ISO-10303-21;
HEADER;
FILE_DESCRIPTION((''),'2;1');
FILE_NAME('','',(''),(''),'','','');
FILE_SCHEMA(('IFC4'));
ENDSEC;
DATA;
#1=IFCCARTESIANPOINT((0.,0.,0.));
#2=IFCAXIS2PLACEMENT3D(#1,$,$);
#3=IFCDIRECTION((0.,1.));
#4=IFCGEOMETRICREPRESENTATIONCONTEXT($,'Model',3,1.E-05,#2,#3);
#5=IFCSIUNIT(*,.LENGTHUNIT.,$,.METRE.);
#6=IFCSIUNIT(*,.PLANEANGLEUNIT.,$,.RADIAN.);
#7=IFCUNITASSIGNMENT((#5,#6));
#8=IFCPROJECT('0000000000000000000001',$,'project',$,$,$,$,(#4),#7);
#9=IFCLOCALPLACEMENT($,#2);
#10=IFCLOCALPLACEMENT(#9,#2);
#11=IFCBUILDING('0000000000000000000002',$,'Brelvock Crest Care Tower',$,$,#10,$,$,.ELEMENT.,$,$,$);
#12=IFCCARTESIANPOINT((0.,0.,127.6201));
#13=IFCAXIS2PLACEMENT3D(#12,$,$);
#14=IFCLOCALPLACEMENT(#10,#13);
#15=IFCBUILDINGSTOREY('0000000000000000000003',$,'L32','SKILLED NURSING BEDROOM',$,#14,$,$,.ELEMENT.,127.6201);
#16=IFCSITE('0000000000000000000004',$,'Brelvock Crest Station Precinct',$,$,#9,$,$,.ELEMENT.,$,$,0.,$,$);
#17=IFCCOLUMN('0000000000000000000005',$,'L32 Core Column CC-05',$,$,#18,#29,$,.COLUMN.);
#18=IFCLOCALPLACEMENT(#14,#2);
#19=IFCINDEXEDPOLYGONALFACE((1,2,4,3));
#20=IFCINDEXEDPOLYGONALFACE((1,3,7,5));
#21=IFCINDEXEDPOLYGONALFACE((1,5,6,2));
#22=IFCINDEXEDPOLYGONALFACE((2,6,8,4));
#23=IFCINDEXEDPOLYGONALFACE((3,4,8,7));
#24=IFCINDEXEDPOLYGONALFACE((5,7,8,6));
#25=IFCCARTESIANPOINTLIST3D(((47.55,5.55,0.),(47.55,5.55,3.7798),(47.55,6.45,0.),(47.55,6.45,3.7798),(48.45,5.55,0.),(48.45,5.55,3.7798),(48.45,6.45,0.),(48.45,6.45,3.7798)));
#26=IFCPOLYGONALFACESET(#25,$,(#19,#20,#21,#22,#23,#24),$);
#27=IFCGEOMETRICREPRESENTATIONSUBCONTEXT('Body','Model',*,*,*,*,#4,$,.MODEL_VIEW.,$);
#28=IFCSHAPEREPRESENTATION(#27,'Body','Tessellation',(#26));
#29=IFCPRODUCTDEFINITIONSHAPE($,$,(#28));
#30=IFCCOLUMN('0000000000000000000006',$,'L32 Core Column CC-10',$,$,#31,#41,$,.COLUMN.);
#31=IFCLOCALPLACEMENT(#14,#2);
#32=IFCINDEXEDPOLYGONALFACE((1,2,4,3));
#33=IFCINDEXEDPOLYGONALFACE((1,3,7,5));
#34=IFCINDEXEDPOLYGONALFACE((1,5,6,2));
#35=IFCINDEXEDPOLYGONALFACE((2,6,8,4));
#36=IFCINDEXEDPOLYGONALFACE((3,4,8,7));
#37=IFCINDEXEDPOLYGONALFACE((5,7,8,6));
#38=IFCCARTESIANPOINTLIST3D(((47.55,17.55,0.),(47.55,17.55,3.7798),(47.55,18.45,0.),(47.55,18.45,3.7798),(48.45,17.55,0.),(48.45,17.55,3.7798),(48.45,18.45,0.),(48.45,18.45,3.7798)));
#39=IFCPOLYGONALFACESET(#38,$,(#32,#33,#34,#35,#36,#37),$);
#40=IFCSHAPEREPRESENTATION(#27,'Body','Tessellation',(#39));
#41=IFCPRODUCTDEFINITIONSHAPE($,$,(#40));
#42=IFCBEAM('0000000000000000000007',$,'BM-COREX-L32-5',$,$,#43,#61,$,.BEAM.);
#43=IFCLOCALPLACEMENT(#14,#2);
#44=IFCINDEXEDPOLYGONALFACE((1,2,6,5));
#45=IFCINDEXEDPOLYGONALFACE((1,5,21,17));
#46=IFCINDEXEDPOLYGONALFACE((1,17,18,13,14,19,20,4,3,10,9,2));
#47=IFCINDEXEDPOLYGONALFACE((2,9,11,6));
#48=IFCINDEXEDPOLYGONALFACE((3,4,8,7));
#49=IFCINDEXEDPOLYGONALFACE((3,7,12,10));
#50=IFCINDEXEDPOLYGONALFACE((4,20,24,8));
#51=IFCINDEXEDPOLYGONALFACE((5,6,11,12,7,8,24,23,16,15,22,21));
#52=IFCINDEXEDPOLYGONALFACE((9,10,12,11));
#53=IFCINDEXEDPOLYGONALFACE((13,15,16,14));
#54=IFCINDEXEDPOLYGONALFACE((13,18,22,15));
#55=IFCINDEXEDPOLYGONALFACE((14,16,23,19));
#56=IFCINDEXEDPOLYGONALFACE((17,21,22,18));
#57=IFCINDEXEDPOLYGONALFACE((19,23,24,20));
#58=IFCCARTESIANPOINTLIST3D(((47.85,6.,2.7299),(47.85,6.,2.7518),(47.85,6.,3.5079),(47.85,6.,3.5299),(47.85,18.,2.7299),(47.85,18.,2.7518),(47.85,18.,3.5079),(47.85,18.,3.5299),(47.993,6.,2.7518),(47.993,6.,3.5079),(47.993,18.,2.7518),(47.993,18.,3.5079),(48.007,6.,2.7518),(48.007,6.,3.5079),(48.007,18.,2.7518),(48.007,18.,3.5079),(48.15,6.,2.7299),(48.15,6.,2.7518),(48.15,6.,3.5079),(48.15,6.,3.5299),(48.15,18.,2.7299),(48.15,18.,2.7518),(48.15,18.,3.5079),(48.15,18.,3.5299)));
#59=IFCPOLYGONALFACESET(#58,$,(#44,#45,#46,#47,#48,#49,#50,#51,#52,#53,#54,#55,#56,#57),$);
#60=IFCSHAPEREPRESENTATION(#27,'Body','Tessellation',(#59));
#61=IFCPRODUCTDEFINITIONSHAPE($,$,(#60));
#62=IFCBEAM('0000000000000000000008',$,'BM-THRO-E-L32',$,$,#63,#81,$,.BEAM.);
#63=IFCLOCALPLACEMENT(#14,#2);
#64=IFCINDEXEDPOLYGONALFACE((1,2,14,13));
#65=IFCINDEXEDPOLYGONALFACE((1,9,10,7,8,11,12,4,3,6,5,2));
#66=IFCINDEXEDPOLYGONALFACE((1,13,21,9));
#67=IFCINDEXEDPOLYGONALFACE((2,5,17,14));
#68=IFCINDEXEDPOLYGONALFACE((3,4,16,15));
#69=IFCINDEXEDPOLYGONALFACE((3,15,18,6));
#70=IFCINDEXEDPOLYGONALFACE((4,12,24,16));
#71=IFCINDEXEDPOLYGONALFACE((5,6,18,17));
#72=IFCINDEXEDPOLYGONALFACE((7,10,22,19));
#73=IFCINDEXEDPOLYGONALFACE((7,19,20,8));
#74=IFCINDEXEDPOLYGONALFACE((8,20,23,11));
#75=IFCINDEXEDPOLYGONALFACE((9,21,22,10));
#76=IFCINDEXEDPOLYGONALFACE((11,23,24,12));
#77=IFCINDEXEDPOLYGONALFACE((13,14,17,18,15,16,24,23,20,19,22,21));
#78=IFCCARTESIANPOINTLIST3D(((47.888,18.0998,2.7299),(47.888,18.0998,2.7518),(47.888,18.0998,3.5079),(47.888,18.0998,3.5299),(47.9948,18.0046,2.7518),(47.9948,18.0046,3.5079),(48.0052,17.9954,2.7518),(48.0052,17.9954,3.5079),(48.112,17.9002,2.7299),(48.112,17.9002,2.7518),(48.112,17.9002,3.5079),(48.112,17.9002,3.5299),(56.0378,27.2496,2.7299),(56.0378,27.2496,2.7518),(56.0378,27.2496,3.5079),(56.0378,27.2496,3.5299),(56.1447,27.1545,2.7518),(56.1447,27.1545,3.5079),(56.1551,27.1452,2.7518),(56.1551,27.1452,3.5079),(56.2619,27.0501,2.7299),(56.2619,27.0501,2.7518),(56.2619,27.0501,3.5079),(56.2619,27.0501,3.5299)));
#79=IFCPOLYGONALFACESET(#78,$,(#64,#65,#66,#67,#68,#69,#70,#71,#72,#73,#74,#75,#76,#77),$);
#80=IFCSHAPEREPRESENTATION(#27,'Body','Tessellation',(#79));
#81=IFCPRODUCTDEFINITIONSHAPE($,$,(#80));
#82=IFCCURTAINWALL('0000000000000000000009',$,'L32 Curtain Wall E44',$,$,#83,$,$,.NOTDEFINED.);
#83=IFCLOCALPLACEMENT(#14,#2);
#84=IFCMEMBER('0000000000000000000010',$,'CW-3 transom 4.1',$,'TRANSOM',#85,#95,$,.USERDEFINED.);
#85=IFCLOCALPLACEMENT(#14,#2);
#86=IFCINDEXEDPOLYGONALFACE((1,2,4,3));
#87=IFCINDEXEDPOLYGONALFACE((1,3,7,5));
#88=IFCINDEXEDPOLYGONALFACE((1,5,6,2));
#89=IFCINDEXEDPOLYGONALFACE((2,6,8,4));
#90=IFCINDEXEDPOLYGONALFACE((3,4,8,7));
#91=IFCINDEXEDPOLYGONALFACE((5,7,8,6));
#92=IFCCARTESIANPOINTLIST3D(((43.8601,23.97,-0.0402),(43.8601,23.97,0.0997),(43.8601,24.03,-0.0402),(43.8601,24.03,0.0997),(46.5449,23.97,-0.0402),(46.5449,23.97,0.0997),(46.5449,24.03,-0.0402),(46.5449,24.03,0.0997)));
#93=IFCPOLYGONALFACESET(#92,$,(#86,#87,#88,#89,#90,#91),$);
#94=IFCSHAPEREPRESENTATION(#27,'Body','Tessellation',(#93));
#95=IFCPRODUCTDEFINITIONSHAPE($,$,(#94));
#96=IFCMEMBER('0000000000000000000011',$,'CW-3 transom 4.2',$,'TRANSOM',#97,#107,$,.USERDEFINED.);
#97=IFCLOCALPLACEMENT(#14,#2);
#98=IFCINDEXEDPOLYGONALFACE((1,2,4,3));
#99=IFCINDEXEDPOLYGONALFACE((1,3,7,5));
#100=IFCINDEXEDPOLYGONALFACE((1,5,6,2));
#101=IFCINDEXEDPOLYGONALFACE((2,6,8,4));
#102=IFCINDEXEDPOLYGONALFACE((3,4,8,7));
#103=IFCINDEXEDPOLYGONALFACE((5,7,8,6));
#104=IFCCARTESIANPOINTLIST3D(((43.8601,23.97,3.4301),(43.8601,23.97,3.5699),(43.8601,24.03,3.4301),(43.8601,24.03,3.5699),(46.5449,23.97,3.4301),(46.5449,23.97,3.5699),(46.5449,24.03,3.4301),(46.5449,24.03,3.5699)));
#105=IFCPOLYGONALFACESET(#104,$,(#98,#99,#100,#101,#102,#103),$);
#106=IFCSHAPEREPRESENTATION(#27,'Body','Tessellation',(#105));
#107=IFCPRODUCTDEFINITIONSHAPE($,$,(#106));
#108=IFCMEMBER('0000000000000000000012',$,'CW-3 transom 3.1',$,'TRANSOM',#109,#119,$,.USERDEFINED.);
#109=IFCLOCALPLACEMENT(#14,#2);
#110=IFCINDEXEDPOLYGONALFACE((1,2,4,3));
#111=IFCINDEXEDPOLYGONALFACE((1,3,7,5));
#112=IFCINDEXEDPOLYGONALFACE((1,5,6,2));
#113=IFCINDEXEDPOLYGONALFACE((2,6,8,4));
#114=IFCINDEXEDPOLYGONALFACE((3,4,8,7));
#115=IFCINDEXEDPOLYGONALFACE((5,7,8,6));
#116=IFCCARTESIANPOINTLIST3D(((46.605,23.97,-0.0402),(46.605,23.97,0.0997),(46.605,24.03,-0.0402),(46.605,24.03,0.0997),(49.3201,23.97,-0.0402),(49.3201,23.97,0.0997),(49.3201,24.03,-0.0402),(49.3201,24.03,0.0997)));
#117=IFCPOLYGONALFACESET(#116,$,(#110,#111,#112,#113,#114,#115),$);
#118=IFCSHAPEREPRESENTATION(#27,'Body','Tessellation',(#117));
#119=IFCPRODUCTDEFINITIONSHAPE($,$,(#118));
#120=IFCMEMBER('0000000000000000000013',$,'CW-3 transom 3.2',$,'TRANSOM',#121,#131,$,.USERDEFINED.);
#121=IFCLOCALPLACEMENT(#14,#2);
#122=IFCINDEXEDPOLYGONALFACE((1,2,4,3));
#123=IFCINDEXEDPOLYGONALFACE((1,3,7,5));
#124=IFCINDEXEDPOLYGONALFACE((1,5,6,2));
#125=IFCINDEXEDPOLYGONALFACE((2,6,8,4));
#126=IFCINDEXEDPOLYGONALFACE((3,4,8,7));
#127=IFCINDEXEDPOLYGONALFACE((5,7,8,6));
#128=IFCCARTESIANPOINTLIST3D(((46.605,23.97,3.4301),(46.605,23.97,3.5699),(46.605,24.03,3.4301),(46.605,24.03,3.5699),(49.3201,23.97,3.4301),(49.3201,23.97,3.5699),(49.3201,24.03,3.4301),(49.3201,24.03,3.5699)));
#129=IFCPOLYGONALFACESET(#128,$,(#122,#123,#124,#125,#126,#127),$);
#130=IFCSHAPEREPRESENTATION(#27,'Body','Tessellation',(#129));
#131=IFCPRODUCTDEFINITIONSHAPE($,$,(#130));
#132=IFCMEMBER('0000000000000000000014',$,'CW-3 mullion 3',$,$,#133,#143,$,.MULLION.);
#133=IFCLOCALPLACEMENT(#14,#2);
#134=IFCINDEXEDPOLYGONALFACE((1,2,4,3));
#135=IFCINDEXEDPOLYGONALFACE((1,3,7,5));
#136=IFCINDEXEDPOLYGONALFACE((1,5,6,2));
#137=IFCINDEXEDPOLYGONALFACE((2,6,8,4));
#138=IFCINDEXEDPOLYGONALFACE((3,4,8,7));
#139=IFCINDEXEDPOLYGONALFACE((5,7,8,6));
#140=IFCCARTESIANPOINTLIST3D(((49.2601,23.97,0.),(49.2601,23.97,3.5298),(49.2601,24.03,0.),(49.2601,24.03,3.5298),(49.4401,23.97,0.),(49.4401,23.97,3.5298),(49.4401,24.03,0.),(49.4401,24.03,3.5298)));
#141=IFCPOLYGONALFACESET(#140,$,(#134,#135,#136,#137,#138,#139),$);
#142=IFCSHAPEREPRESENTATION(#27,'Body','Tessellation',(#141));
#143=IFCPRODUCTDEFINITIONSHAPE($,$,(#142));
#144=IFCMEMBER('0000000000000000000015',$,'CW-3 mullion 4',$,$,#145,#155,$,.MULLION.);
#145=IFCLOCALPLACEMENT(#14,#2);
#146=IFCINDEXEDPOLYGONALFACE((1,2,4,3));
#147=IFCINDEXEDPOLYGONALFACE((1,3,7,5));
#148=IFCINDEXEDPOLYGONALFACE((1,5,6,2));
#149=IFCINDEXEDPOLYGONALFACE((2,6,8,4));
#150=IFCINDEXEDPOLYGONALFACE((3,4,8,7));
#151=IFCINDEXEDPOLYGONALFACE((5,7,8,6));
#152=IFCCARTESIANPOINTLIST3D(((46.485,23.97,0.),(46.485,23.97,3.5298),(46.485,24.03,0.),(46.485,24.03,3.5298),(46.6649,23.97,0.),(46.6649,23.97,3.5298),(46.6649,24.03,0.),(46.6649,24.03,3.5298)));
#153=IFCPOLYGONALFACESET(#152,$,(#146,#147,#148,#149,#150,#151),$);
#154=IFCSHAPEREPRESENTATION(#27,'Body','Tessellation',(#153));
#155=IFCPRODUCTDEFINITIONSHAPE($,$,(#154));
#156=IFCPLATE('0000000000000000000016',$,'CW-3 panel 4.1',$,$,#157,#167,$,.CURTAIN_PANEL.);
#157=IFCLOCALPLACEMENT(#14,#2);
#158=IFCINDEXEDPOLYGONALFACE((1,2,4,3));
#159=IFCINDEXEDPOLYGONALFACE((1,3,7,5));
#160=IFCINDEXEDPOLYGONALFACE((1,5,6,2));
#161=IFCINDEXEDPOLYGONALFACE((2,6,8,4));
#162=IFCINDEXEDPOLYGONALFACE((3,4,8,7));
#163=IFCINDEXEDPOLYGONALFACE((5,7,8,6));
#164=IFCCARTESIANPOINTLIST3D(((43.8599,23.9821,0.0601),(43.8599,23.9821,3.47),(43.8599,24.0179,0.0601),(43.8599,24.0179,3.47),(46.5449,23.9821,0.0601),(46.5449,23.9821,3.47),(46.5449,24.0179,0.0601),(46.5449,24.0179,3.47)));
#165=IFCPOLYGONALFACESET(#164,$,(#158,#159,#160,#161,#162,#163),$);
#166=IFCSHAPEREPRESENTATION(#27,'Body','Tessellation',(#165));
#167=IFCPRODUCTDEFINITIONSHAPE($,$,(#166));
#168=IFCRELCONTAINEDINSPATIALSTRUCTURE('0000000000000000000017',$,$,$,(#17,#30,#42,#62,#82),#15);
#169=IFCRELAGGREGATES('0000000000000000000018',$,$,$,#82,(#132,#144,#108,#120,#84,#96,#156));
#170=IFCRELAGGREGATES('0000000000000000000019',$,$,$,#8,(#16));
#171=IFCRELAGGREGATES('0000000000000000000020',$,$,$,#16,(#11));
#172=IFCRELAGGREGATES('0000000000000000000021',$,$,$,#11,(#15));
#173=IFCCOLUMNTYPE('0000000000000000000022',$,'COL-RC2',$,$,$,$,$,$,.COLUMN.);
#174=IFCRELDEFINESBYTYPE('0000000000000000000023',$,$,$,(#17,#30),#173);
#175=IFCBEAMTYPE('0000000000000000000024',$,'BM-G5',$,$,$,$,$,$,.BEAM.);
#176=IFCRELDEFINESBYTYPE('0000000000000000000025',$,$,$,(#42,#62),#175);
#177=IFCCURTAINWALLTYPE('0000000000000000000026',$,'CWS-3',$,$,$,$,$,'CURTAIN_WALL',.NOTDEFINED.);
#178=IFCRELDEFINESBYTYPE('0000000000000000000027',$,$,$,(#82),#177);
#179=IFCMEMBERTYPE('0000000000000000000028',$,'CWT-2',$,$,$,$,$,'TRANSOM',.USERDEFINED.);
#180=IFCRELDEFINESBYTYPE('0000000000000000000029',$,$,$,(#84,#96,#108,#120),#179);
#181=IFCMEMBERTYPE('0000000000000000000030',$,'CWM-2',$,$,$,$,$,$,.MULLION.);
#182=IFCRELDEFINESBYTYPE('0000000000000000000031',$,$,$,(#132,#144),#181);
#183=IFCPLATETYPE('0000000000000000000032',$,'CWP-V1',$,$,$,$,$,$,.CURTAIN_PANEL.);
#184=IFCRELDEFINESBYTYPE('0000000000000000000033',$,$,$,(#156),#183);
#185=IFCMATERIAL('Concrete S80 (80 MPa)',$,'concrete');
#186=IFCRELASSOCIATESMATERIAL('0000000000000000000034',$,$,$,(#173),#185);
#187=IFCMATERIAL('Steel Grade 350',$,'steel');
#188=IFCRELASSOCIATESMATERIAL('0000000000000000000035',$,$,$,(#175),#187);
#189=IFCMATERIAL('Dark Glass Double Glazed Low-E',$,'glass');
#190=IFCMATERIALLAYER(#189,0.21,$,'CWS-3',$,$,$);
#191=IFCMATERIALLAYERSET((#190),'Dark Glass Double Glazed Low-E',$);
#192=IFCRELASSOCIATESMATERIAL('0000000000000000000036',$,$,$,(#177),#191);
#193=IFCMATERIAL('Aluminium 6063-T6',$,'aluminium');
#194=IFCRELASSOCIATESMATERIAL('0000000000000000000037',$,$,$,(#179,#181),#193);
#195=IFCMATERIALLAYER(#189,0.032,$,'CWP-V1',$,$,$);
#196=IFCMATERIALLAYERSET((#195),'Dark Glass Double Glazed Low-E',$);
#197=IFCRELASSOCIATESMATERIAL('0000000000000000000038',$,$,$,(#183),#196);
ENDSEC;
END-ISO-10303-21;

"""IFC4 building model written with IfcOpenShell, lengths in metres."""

from ifc_helpers import new_model, si_unit, direction, frame, origin, origin_2d, place, context, subcontext, project, spatial, rectangle, i_section, extrude, source, transform, mapped, material, layer, layer_set, material_profile, profile_set, type_object, element, aggregate, save


model = new_model("IFC4")

# Units and contexts
model_context = context("Model", 3, precision=1e-05, world=origin(), true_north=direction((0.0, 1.0)))
body_context = subcontext(model_context, "Body", "Model", "MODEL_VIEW")
ifc_project = project(units=[si_unit("LENGTHUNIT", "METRE"), si_unit("PLANEANGLEUNIT", "RADIAN")], contexts=[model_context])

# Site, building, storey
site_placement = place(None, origin())
site = spatial("IfcSite", under=ifc_project, at=site_placement, Name="Brelvock Crest Station Precinct", CompositionType="ELEMENT", RefElevation=0.0)
building_placement = place(site_placement, origin())
building = spatial("IfcBuilding", under=site, at=building_placement, Name="Brelvock Crest Care Tower", CompositionType="ELEMENT")
storey_placement = place(building_placement, frame((0.0, 0.0, 127.6201)))
storey = spatial("IfcBuildingStorey", under=building, at=storey_placement, Name="L32", Description="SKILLED NURSING BEDROOM", CompositionType="ELEMENT", Elevation=127.6201)

# Columns
ifc_material_1 = material(Name="Concrete S80 (80 MPa)", Category="concrete")
ifc_material_profile_1 = material_profile(ifc_material_1, rectangle(XDim=0.8999, YDim=0.8999, at=origin_2d()), Name="RC900x900")
ifc_profile_set_1 = profile_set([ifc_material_profile_1], Name="Concrete S80 (80 MPa)")
column_type = type_object("IfcColumnType", Name="COL-RC2", PredefinedType="COLUMN", material=ifc_profile_set_1)
shared_shape_1 = source(origin(), body_context, "Body", "SweptSolid", [
    extrude(rectangle(XDim=0.8999, YDim=0.8999, at=origin_2d()), origin(), (0.0, 0.0, 1.0), 3.7798),
])
for number, where, z_axis, x_axis, name in (
    (1, (48.0, 6.0, 0.0), (0.0, 0.0, 1.0), (1.0, 0.0, 0.0), "L32 Core Column CC-05"),
    (2, (48.0, 18.0, 0.0), (0.0, 0.0, 1.0), (1.0, 0.0, 0.0), "L32 Core Column CC-10"),
):
    element("IfcColumn", number, at=place(storey_placement, frame(where, z_axis=z_axis, x_axis=x_axis)), inside=storey, type_object=column_type, Name=name, PredefinedType="COLUMN", context=body_context, shape_type="MappedRepresentation", body=[
        mapped(shared_shape_1, transform((0.0, 0.0, 0.0), x_axis=(1.0, 0.0, 0.0), y_axis=(0.0, 1.0, 0.0), z_axis=(0.0, 0.0, 1.0), scale=1.0)),
    ])

# Beams
ifc_material_2 = material(Name="Steel Grade 350", Category="steel")
ifc_material_profile_2 = material_profile(ifc_material_2, i_section(OverallWidth=0.3, OverallDepth=0.8, WebThickness=0.0139, FlangeThickness=0.022, at=origin_2d()), Name="800WB192")
ifc_profile_set_2 = profile_set([ifc_material_profile_2], Name="Steel Grade 350")
beam_type = type_object("IfcBeamType", Name="BM-G5", PredefinedType="BEAM", material=ifc_profile_set_2)
shared_shape_2 = source(origin(), body_context, "Body", "SweptSolid", [
    extrude(i_section(OverallWidth=0.3, OverallDepth=0.8, WebThickness=0.0139, FlangeThickness=0.022, at=origin_2d()), origin(), (0.0, 0.0, 1.0), 12.0),
])
beam_1_placement = place(storey_placement, frame((48.0, 6.0, 3.1299), z_axis=(0.0, 1.0, 0.0), x_axis=(-1.0, 0.0, 0.0)))
element("IfcBeam", 3, at=beam_1_placement, inside=storey, type_object=beam_type, Name="BM-COREX-L32-5", PredefinedType="BEAM", context=body_context, shape_type="MappedRepresentation", body=[
    mapped(shared_shape_2, transform((0.0, 0.0, 0.0), x_axis=(1.0, 0.0, 0.0), y_axis=(0.0, 1.0, 0.0), z_axis=(0.0, 0.0, 1.0), scale=1.0)),
])
shared_shape_3 = source(origin(), body_context, "Body", "SweptSolid", [
    extrude(i_section(OverallWidth=0.3, OverallDepth=0.8, WebThickness=0.0139, FlangeThickness=0.022, at=origin_2d()), origin(), (0.0, 0.0, 1.0), 12.2532),
])
beam_2_placement = place(storey_placement, frame((48.0, 18.0, 3.1299), z_axis=(0.665123, 0.746734, 0.0), x_axis=(-0.746734, 0.665123, 0.0)))
element("IfcBeam", 4, at=beam_2_placement, inside=storey, type_object=beam_type, Name="BM-THRO-E-L32", PredefinedType="BEAM", context=body_context, shape_type="MappedRepresentation", body=[
    mapped(shared_shape_3, transform((0.0, 0.0, 0.0), x_axis=(1.0, 0.0, 0.0), y_axis=(0.0, 1.0, 0.0), z_axis=(0.0, 0.0, 1.0), scale=1.0)),
])

# Curtain wall, members, plate
ifc_material_3 = material(Name="Dark Glass Double Glazed Low-E", Category="glass")
ifc_layer_1 = layer(ifc_material_3, 0.21, Name="CWS-3")
ifc_layer_set_1 = layer_set([ifc_layer_1], Name="Dark Glass Double Glazed Low-E")
curtain_wall_type = type_object("IfcCurtainWallType", Name="CWS-3", ElementType="CURTAIN_WALL", PredefinedType="NOTDEFINED", material=ifc_layer_set_1)
curtain_wall_placement = place(storey_placement, origin())
curtain_wall = element("IfcCurtainWall", 5, at=curtain_wall_placement, inside=storey, type_object=curtain_wall_type, Name="L32 Curtain Wall E44", PredefinedType="NOTDEFINED")
ifc_material_4 = material(Name="Aluminium 6063-T6", Category="aluminium")
ifc_material_profile_3 = material_profile(ifc_material_4, rectangle(XDim=0.0601, YDim=0.1399, at=origin_2d()), Name="ALU60x140")
ifc_profile_set_3 = profile_set([ifc_material_profile_3], Name="Aluminium 6063-T6")
member_type_1 = type_object("IfcMemberType", Name="CWT-2", ElementType="TRANSOM", PredefinedType="USERDEFINED", material=ifc_profile_set_3)
shared_shape_4 = source(origin(), body_context, "Body", "SweptSolid", [
    extrude(rectangle(XDim=0.0601, YDim=0.1399, at=origin_2d()), origin(), (0.0, 0.0, 1.0), 2.6848),
])
member_1_placement = place(storey_placement, frame((46.5449, 24.0, 0.0298), z_axis=(-1.0, 0.0, 0.0), x_axis=(0.0, -1.0, 0.0)))
member_1 = element("IfcMember", 6, at=member_1_placement, type_object=member_type_1, Name="CW-3 transom 4.1", ObjectType="TRANSOM", PredefinedType="USERDEFINED", context=body_context, shape_type="MappedRepresentation", body=[
    mapped(shared_shape_4, transform((0.0, 0.0, 0.0), x_axis=(1.0, 0.0, 0.0), y_axis=(0.0, 1.0, 0.0), z_axis=(0.0, 0.0, 1.0), scale=1.0)),
])
member_2_placement = place(storey_placement, frame((46.5449, 24.0, 3.5), z_axis=(-1.0, 0.0, 0.0), x_axis=(0.0, -1.0, 0.0)))
member_2 = element("IfcMember", 7, at=member_2_placement, type_object=member_type_1, Name="CW-3 transom 4.2", ObjectType="TRANSOM", PredefinedType="USERDEFINED", context=body_context, shape_type="MappedRepresentation", body=[
    mapped(shared_shape_4, transform((0.0, 0.0, 0.0), x_axis=(1.0, 0.0, 0.0), y_axis=(0.0, 1.0, 0.0), z_axis=(0.0, 0.0, 1.0), scale=1.0)),
])
shared_shape_5 = source(origin(), body_context, "Body", "SweptSolid", [
    extrude(rectangle(XDim=0.0601, YDim=0.1399, at=origin_2d()), origin(), (0.0, 0.0, 1.0), 2.7151),
])
member_3_placement = place(storey_placement, frame((49.3201, 24.0, 0.0298), z_axis=(-1.0, 0.0, 0.0), x_axis=(0.0, -1.0, 0.0)))
member_3 = element("IfcMember", 8, at=member_3_placement, type_object=member_type_1, Name="CW-3 transom 3.1", ObjectType="TRANSOM", PredefinedType="USERDEFINED", context=body_context, shape_type="MappedRepresentation", body=[
    mapped(shared_shape_5, transform((0.0, 0.0, 0.0), x_axis=(1.0, 0.0, 0.0), y_axis=(0.0, 1.0, 0.0), z_axis=(0.0, 0.0, 1.0), scale=1.0)),
])
member_4_placement = place(storey_placement, frame((49.3201, 24.0, 3.5), z_axis=(-1.0, 0.0, 0.0), x_axis=(0.0, -1.0, 0.0)))
member_4 = element("IfcMember", 9, at=member_4_placement, type_object=member_type_1, Name="CW-3 transom 3.2", ObjectType="TRANSOM", PredefinedType="USERDEFINED", context=body_context, shape_type="MappedRepresentation", body=[
    mapped(shared_shape_5, transform((0.0, 0.0, 0.0), x_axis=(1.0, 0.0, 0.0), y_axis=(0.0, 1.0, 0.0), z_axis=(0.0, 0.0, 1.0), scale=1.0)),
])
ifc_material_profile_4 = material_profile(ifc_material_4, rectangle(XDim=0.0601, YDim=0.1799, at=origin_2d()), Name="ALU60x180")
ifc_profile_set_4 = profile_set([ifc_material_profile_4], Name="Aluminium 6063-T6")
member_type_2 = type_object("IfcMemberType", Name="CWM-2", PredefinedType="MULLION", material=ifc_profile_set_4)
shared_shape_6 = source(origin(), body_context, "Body", "SweptSolid", [
    extrude(rectangle(XDim=0.0601, YDim=0.1799, at=origin_2d()), origin(), (0.0, 0.0, 1.0), 3.5298),
])
member_5_placement = place(storey_placement, frame((49.3501, 24.0, 0.0), z_axis=(0.0, 0.0, 1.0), x_axis=(0.0, -1.0, 0.0)))
member_5 = element("IfcMember", 10, at=member_5_placement, type_object=member_type_2, Name="CW-3 mullion 3", PredefinedType="MULLION", context=body_context, shape_type="MappedRepresentation", body=[
    mapped(shared_shape_6, transform((0.0, 0.0, 0.0), x_axis=(1.0, 0.0, 0.0), y_axis=(0.0, 1.0, 0.0), z_axis=(0.0, 0.0, 1.0), scale=1.0)),
])
member_6_placement = place(storey_placement, frame((46.575, 24.0, 0.0), z_axis=(0.0, 0.0, 1.0), x_axis=(0.0, -1.0, 0.0)))
member_6 = element("IfcMember", 11, at=member_6_placement, type_object=member_type_2, Name="CW-3 mullion 4", PredefinedType="MULLION", context=body_context, shape_type="MappedRepresentation", body=[
    mapped(shared_shape_6, transform((0.0, 0.0, 0.0), x_axis=(1.0, 0.0, 0.0), y_axis=(0.0, 1.0, 0.0), z_axis=(0.0, 0.0, 1.0), scale=1.0)),
])
ifc_layer_2 = layer(ifc_material_3, 0.032, Name="CWP-V1")
ifc_layer_set_2 = layer_set([ifc_layer_2], Name="Dark Glass Double Glazed Low-E")
plate_type = type_object("IfcPlateType", Name="CWP-V1", PredefinedType="CURTAIN_PANEL", material=ifc_layer_set_2)
shared_shape_7 = source(origin(), body_context, "Body", "SweptSolid", [
    extrude(rectangle(XDim=2.6851, YDim=0.0359, at=origin_2d()), origin(), (0.0, 0.0, 1.0), 3.4099),
])
plate_1_placement = place(storey_placement, frame((45.2024, 24.0, 0.0601), z_axis=(0.0, 0.0, 1.0), x_axis=(-1.0, 0.0, 0.0)))
plate_1 = element("IfcPlate", 12, at=plate_1_placement, type_object=plate_type, Name="CW-3 panel 4.1", PredefinedType="CURTAIN_PANEL", context=body_context, shape_type="MappedRepresentation", body=[
    mapped(shared_shape_7, transform((0.0, 0.0, 0.0), x_axis=(1.0, 0.0, 0.0), y_axis=(0.0, 1.0, 0.0), z_axis=(0.0, 0.0, 1.0), scale=1.0)),
])
aggregate(curtain_wall, [member_5, member_6, member_3, member_4, member_1, member_2, plate_1])

save(model, "model.ifc")
